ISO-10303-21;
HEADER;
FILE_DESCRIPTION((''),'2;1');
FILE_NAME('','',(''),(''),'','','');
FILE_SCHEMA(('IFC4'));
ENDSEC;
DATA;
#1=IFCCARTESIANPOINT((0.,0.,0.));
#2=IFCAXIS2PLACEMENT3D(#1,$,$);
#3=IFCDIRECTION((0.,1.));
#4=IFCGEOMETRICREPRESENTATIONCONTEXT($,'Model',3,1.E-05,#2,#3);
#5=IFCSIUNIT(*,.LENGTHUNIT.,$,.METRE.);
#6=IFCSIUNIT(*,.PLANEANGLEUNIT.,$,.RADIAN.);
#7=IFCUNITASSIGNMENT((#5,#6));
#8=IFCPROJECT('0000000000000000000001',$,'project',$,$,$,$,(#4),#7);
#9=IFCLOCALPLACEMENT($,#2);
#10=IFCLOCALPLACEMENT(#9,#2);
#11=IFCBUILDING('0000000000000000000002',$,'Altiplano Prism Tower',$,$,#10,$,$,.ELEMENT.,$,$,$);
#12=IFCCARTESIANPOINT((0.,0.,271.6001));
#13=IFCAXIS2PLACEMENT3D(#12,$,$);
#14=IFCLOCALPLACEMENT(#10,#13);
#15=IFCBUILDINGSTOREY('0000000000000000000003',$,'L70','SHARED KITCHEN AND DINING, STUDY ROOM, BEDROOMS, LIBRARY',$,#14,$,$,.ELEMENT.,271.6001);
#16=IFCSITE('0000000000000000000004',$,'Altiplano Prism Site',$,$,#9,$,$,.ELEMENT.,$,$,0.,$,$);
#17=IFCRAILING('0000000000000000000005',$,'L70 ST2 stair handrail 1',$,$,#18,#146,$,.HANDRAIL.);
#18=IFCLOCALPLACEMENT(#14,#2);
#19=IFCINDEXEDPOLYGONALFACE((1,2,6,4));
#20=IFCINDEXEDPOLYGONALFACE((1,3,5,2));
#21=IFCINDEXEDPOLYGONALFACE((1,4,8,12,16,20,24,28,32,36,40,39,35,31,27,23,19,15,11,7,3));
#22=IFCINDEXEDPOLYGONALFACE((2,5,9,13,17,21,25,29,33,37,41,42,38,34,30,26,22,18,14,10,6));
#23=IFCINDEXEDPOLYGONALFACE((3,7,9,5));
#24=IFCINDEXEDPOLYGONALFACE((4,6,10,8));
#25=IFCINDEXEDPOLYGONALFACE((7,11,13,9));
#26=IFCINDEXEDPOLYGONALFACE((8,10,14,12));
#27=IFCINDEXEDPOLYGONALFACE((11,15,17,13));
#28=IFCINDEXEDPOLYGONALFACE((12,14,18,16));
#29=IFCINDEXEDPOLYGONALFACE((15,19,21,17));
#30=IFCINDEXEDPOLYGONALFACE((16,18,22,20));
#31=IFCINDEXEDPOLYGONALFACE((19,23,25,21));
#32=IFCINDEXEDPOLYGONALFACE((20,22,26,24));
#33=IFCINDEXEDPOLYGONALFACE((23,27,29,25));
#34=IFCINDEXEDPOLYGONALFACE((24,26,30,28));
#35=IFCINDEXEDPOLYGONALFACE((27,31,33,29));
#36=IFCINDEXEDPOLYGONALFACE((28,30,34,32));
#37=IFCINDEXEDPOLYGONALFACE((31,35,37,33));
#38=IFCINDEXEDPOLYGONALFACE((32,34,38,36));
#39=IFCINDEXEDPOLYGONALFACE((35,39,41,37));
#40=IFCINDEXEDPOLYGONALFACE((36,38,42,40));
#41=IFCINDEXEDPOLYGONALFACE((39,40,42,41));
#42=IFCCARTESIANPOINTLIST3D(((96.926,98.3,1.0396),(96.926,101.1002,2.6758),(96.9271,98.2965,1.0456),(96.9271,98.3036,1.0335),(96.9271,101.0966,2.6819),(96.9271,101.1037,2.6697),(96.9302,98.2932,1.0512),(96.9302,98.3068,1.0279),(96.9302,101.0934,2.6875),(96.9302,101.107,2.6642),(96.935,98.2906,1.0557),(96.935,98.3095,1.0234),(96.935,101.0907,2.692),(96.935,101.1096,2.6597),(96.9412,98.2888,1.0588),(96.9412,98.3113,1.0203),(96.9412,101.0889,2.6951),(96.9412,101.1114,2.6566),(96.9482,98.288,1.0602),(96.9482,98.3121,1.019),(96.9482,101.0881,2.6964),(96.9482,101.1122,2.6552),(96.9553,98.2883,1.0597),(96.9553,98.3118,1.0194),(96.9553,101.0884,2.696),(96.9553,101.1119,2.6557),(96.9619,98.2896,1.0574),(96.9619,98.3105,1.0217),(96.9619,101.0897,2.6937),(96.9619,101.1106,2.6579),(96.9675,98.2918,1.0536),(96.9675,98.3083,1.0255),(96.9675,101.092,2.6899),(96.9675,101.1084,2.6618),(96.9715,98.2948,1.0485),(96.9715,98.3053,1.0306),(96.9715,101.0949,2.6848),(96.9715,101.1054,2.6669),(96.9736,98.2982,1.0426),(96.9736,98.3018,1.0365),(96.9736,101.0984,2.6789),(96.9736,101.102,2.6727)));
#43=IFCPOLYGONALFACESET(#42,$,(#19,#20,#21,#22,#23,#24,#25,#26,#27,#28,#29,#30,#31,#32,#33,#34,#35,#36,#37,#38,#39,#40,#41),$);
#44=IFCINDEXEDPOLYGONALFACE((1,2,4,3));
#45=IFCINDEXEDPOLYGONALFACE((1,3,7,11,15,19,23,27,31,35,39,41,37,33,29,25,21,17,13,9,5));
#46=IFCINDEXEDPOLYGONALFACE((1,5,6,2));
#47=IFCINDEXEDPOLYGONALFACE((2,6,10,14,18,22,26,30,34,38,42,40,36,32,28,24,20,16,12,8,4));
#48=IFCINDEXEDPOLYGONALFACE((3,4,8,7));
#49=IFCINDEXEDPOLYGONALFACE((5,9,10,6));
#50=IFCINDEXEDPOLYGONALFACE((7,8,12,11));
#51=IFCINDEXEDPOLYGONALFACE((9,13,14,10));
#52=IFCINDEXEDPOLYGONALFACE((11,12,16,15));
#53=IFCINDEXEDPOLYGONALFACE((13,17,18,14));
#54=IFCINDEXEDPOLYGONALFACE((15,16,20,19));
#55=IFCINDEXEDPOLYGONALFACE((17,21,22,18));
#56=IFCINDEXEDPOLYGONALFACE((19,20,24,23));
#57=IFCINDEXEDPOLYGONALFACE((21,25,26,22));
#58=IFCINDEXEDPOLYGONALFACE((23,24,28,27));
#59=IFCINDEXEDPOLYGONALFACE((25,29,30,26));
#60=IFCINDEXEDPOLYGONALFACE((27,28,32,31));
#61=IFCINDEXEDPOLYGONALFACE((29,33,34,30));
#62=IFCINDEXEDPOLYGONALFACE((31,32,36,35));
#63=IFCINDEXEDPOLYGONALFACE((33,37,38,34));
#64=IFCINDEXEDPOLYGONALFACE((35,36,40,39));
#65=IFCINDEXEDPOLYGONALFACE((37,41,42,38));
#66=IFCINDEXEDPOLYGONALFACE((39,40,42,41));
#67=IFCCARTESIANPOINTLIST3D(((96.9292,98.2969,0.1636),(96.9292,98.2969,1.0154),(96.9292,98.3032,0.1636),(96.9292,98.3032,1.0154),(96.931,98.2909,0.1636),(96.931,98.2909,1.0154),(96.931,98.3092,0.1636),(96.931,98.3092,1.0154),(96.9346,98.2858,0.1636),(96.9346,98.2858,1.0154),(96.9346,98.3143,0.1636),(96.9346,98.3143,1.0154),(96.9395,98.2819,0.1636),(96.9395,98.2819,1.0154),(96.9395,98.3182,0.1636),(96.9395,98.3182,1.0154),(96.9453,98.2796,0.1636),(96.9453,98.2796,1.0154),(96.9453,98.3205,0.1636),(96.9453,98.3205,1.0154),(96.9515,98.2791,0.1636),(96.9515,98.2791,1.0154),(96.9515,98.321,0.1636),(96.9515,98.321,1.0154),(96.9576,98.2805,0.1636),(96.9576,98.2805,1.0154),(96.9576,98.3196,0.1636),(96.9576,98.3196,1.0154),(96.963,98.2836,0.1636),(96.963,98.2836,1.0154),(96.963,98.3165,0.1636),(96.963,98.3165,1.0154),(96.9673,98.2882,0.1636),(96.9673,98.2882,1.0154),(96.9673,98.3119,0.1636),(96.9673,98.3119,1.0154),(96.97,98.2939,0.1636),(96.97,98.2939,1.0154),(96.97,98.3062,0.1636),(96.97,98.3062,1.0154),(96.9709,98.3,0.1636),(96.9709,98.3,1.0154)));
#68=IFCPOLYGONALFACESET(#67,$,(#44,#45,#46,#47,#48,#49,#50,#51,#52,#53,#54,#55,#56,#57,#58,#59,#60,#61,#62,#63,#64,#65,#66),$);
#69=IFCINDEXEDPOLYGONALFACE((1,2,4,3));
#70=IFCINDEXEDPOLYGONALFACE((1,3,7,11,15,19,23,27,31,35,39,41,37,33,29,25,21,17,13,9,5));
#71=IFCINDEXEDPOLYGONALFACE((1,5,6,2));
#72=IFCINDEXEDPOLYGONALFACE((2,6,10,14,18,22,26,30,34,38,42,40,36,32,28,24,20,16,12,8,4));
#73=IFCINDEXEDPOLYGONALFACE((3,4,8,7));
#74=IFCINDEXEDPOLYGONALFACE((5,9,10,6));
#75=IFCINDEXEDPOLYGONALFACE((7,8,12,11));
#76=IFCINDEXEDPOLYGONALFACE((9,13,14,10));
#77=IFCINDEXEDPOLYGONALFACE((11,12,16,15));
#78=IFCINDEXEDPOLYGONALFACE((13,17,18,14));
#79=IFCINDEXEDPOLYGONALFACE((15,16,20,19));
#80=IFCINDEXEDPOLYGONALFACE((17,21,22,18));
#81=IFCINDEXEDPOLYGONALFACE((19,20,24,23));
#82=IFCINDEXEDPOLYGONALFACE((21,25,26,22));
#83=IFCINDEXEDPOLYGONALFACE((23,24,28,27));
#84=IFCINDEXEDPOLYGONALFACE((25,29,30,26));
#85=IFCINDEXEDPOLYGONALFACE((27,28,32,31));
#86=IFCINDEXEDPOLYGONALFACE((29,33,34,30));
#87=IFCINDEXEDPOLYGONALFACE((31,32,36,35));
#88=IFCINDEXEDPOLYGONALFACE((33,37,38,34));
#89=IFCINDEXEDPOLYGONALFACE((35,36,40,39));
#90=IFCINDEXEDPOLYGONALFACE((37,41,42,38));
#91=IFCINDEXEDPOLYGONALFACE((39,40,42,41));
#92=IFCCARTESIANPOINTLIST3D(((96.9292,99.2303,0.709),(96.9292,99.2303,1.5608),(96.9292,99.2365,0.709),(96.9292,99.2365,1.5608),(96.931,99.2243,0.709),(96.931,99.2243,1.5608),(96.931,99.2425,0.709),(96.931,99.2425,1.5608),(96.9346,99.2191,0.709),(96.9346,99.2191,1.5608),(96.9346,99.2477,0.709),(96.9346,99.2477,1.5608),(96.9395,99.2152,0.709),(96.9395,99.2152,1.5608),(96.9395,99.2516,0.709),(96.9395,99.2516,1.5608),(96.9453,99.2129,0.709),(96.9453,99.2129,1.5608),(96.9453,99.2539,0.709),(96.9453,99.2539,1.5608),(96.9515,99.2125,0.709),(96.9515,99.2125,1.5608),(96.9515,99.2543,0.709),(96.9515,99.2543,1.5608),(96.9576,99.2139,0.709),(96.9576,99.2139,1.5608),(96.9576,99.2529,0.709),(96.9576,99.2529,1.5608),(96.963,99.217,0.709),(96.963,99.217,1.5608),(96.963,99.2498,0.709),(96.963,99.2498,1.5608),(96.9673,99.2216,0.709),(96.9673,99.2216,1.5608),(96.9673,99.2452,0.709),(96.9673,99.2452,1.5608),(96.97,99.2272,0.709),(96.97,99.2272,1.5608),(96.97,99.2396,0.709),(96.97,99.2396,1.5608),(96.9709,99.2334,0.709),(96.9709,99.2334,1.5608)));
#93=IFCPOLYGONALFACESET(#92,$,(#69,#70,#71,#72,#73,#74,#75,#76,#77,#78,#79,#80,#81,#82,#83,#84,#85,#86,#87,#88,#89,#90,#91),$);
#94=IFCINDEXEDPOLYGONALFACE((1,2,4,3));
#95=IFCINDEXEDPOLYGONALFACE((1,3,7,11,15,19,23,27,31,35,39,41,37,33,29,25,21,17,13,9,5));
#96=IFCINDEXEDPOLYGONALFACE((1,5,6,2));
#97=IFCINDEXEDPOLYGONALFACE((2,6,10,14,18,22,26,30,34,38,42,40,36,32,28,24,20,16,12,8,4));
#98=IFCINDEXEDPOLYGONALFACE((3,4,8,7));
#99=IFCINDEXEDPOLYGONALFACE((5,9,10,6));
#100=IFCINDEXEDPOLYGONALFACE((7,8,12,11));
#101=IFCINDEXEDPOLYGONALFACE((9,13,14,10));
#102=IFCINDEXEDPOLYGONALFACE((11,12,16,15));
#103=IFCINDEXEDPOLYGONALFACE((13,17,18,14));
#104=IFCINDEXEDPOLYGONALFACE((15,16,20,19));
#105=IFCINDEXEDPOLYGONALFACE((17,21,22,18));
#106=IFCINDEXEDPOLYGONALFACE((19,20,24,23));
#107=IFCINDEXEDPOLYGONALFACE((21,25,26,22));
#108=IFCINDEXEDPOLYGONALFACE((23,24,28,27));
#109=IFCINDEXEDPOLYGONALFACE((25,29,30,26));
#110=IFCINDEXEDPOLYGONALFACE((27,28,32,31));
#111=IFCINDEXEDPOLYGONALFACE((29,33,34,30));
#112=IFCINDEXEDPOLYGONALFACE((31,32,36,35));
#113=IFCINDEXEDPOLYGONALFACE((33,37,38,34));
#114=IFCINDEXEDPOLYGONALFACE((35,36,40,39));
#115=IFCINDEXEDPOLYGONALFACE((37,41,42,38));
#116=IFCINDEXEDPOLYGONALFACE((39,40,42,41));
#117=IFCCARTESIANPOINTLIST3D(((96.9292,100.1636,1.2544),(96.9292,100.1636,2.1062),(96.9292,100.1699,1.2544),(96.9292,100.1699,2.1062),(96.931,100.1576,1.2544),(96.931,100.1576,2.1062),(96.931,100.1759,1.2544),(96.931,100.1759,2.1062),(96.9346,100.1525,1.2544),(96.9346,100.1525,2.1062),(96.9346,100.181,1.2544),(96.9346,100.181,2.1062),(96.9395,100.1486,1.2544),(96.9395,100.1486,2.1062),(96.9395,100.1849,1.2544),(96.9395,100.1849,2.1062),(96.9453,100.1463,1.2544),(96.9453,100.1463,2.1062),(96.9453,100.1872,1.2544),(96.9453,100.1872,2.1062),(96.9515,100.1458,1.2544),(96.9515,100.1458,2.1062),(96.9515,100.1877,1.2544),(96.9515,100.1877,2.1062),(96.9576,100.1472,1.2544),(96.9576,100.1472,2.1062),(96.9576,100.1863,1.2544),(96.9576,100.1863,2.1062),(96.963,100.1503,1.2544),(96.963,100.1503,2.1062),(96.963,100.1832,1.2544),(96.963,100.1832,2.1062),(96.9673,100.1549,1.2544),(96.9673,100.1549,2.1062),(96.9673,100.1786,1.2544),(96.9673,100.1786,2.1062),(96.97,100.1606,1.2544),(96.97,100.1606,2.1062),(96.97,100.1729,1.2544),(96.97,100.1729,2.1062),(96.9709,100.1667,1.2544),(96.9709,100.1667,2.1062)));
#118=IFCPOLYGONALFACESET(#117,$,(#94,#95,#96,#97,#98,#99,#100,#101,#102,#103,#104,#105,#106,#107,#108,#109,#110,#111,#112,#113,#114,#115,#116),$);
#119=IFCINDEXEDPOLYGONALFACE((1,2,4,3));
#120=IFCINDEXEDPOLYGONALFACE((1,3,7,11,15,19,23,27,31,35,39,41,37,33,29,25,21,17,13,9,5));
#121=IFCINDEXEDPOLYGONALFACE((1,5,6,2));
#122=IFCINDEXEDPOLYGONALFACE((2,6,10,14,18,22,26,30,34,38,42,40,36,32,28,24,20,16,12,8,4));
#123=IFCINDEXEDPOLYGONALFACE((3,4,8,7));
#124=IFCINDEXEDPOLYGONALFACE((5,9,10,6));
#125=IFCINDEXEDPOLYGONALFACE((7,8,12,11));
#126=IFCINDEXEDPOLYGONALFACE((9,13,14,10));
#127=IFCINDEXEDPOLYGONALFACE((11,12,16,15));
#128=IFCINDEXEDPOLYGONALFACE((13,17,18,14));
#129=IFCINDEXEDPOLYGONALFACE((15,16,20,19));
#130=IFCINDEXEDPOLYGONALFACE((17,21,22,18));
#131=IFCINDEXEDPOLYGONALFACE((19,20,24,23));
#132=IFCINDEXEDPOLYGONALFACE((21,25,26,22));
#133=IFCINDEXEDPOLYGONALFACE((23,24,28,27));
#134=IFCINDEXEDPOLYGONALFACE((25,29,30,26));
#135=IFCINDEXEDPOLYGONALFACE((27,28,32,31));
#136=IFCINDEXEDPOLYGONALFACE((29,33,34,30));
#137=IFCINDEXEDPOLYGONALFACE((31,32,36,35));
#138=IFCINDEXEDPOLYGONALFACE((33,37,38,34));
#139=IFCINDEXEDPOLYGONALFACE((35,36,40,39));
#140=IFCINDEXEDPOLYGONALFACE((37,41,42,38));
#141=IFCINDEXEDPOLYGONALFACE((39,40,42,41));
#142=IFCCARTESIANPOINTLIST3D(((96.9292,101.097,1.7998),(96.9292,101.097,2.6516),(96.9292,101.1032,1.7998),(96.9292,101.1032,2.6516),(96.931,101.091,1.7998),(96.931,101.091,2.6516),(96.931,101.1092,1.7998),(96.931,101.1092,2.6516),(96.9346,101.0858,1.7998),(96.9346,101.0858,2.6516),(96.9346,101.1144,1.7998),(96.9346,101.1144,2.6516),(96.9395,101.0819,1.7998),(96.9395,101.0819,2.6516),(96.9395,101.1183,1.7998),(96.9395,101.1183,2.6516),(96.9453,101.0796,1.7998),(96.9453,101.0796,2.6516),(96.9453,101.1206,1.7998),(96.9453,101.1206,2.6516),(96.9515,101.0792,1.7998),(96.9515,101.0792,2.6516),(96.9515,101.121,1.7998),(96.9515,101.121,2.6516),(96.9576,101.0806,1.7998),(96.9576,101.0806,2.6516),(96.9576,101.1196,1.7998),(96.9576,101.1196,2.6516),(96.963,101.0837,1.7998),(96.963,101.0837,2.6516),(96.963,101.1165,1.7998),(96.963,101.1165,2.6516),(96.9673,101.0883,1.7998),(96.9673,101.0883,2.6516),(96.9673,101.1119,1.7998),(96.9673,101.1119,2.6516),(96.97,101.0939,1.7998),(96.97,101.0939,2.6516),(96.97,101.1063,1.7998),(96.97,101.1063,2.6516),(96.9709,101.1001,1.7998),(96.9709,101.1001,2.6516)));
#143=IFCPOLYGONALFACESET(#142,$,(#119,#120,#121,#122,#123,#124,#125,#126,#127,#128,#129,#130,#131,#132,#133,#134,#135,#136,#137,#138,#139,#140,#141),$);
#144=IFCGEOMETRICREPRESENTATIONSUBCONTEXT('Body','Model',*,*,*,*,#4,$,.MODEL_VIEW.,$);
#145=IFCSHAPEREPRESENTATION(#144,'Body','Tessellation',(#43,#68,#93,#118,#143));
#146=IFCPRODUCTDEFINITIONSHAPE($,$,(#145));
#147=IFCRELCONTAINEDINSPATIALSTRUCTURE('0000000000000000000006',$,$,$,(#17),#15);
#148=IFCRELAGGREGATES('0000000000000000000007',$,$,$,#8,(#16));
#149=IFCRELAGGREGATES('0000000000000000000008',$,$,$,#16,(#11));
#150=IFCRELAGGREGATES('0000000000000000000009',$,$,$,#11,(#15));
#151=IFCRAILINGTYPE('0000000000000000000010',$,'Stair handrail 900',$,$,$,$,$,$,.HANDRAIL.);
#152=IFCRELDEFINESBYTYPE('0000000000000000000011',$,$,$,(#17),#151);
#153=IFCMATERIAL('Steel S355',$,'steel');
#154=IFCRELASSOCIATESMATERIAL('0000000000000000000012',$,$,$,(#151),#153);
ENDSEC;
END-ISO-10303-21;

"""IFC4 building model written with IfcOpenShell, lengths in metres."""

from ifc_helpers import new_model, si_unit, direction, frame, origin, origin_2d, place, context, subcontext, project, spatial, circle, extrude, material, type_object, element, save


model = new_model("IFC4")

# Units and contexts
model_context = context("Model", 3, precision=1e-05, world=origin(), true_north=direction((0.0, 1.0)))
body_context = subcontext(model_context, "Body", "Model", "MODEL_VIEW")
ifc_project = project(units=[si_unit("LENGTHUNIT", "METRE"), si_unit("PLANEANGLEUNIT", "RADIAN")], contexts=[model_context])

# Site, building, storey
site_placement = place(None, origin())
site = spatial("IfcSite", under=ifc_project, at=site_placement, Name="Altiplano Prism Site", CompositionType="ELEMENT", RefElevation=0.0)
building_placement = place(site_placement, origin())
building = spatial("IfcBuilding", under=site, at=building_placement, Name="Altiplano Prism Tower", CompositionType="ELEMENT")
storey_placement = place(building_placement, frame((0.0, 0.0, 271.6001)))
storey = spatial("IfcBuildingStorey", under=building, at=storey_placement, Name="L70", Description="SHARED KITCHEN AND DINING, STUDY ROOM, BEDROOMS, LIBRARY", CompositionType="ELEMENT", Elevation=271.6001)

# Railing
ifc_material_1 = material(Name="Steel S355", Category="steel")
railing_type = type_object("IfcRailingType", Name="Stair handrail 900", PredefinedType="HANDRAIL", material=ifc_material_1)
railing_placement = place(storey_placement, frame((96.95, 98.3, 0.1636)))
element("IfcRailing", 1, at=railing_placement, inside=storey, type_object=railing_type, Name="L70 ST2 stair handrail 1", PredefinedType="HANDRAIL", context=body_context, shape_type="SweptSolid", body=[
    extrude(circle(Radius=0.0239, at=origin_2d()), frame((0.0, 0.0, 0.876), z_axis=(0.0, 0.863394, 0.504531), x_axis=(-1.0, 0.0, 0.0)), (0.0, 0.0, 1.0), 3.2432),
    extrude(circle(Radius=0.021, at=origin_2d()), origin(), (0.0, 0.0, 1.0), 0.8518),
    extrude(circle(Radius=0.021, at=origin_2d()), frame((0.0, 0.9333, 0.5454)), (0.0, 0.0, 1.0), 0.8518),
    extrude(circle(Radius=0.021, at=origin_2d()), frame((0.0, 1.8667, 1.0908)), (0.0, 0.0, 1.0), 0.8518),
    extrude(circle(Radius=0.021, at=origin_2d()), frame((0.0, 2.8, 1.6362)), (0.0, 0.0, 1.0), 0.8518),
])

save(model, "model.ifc")
